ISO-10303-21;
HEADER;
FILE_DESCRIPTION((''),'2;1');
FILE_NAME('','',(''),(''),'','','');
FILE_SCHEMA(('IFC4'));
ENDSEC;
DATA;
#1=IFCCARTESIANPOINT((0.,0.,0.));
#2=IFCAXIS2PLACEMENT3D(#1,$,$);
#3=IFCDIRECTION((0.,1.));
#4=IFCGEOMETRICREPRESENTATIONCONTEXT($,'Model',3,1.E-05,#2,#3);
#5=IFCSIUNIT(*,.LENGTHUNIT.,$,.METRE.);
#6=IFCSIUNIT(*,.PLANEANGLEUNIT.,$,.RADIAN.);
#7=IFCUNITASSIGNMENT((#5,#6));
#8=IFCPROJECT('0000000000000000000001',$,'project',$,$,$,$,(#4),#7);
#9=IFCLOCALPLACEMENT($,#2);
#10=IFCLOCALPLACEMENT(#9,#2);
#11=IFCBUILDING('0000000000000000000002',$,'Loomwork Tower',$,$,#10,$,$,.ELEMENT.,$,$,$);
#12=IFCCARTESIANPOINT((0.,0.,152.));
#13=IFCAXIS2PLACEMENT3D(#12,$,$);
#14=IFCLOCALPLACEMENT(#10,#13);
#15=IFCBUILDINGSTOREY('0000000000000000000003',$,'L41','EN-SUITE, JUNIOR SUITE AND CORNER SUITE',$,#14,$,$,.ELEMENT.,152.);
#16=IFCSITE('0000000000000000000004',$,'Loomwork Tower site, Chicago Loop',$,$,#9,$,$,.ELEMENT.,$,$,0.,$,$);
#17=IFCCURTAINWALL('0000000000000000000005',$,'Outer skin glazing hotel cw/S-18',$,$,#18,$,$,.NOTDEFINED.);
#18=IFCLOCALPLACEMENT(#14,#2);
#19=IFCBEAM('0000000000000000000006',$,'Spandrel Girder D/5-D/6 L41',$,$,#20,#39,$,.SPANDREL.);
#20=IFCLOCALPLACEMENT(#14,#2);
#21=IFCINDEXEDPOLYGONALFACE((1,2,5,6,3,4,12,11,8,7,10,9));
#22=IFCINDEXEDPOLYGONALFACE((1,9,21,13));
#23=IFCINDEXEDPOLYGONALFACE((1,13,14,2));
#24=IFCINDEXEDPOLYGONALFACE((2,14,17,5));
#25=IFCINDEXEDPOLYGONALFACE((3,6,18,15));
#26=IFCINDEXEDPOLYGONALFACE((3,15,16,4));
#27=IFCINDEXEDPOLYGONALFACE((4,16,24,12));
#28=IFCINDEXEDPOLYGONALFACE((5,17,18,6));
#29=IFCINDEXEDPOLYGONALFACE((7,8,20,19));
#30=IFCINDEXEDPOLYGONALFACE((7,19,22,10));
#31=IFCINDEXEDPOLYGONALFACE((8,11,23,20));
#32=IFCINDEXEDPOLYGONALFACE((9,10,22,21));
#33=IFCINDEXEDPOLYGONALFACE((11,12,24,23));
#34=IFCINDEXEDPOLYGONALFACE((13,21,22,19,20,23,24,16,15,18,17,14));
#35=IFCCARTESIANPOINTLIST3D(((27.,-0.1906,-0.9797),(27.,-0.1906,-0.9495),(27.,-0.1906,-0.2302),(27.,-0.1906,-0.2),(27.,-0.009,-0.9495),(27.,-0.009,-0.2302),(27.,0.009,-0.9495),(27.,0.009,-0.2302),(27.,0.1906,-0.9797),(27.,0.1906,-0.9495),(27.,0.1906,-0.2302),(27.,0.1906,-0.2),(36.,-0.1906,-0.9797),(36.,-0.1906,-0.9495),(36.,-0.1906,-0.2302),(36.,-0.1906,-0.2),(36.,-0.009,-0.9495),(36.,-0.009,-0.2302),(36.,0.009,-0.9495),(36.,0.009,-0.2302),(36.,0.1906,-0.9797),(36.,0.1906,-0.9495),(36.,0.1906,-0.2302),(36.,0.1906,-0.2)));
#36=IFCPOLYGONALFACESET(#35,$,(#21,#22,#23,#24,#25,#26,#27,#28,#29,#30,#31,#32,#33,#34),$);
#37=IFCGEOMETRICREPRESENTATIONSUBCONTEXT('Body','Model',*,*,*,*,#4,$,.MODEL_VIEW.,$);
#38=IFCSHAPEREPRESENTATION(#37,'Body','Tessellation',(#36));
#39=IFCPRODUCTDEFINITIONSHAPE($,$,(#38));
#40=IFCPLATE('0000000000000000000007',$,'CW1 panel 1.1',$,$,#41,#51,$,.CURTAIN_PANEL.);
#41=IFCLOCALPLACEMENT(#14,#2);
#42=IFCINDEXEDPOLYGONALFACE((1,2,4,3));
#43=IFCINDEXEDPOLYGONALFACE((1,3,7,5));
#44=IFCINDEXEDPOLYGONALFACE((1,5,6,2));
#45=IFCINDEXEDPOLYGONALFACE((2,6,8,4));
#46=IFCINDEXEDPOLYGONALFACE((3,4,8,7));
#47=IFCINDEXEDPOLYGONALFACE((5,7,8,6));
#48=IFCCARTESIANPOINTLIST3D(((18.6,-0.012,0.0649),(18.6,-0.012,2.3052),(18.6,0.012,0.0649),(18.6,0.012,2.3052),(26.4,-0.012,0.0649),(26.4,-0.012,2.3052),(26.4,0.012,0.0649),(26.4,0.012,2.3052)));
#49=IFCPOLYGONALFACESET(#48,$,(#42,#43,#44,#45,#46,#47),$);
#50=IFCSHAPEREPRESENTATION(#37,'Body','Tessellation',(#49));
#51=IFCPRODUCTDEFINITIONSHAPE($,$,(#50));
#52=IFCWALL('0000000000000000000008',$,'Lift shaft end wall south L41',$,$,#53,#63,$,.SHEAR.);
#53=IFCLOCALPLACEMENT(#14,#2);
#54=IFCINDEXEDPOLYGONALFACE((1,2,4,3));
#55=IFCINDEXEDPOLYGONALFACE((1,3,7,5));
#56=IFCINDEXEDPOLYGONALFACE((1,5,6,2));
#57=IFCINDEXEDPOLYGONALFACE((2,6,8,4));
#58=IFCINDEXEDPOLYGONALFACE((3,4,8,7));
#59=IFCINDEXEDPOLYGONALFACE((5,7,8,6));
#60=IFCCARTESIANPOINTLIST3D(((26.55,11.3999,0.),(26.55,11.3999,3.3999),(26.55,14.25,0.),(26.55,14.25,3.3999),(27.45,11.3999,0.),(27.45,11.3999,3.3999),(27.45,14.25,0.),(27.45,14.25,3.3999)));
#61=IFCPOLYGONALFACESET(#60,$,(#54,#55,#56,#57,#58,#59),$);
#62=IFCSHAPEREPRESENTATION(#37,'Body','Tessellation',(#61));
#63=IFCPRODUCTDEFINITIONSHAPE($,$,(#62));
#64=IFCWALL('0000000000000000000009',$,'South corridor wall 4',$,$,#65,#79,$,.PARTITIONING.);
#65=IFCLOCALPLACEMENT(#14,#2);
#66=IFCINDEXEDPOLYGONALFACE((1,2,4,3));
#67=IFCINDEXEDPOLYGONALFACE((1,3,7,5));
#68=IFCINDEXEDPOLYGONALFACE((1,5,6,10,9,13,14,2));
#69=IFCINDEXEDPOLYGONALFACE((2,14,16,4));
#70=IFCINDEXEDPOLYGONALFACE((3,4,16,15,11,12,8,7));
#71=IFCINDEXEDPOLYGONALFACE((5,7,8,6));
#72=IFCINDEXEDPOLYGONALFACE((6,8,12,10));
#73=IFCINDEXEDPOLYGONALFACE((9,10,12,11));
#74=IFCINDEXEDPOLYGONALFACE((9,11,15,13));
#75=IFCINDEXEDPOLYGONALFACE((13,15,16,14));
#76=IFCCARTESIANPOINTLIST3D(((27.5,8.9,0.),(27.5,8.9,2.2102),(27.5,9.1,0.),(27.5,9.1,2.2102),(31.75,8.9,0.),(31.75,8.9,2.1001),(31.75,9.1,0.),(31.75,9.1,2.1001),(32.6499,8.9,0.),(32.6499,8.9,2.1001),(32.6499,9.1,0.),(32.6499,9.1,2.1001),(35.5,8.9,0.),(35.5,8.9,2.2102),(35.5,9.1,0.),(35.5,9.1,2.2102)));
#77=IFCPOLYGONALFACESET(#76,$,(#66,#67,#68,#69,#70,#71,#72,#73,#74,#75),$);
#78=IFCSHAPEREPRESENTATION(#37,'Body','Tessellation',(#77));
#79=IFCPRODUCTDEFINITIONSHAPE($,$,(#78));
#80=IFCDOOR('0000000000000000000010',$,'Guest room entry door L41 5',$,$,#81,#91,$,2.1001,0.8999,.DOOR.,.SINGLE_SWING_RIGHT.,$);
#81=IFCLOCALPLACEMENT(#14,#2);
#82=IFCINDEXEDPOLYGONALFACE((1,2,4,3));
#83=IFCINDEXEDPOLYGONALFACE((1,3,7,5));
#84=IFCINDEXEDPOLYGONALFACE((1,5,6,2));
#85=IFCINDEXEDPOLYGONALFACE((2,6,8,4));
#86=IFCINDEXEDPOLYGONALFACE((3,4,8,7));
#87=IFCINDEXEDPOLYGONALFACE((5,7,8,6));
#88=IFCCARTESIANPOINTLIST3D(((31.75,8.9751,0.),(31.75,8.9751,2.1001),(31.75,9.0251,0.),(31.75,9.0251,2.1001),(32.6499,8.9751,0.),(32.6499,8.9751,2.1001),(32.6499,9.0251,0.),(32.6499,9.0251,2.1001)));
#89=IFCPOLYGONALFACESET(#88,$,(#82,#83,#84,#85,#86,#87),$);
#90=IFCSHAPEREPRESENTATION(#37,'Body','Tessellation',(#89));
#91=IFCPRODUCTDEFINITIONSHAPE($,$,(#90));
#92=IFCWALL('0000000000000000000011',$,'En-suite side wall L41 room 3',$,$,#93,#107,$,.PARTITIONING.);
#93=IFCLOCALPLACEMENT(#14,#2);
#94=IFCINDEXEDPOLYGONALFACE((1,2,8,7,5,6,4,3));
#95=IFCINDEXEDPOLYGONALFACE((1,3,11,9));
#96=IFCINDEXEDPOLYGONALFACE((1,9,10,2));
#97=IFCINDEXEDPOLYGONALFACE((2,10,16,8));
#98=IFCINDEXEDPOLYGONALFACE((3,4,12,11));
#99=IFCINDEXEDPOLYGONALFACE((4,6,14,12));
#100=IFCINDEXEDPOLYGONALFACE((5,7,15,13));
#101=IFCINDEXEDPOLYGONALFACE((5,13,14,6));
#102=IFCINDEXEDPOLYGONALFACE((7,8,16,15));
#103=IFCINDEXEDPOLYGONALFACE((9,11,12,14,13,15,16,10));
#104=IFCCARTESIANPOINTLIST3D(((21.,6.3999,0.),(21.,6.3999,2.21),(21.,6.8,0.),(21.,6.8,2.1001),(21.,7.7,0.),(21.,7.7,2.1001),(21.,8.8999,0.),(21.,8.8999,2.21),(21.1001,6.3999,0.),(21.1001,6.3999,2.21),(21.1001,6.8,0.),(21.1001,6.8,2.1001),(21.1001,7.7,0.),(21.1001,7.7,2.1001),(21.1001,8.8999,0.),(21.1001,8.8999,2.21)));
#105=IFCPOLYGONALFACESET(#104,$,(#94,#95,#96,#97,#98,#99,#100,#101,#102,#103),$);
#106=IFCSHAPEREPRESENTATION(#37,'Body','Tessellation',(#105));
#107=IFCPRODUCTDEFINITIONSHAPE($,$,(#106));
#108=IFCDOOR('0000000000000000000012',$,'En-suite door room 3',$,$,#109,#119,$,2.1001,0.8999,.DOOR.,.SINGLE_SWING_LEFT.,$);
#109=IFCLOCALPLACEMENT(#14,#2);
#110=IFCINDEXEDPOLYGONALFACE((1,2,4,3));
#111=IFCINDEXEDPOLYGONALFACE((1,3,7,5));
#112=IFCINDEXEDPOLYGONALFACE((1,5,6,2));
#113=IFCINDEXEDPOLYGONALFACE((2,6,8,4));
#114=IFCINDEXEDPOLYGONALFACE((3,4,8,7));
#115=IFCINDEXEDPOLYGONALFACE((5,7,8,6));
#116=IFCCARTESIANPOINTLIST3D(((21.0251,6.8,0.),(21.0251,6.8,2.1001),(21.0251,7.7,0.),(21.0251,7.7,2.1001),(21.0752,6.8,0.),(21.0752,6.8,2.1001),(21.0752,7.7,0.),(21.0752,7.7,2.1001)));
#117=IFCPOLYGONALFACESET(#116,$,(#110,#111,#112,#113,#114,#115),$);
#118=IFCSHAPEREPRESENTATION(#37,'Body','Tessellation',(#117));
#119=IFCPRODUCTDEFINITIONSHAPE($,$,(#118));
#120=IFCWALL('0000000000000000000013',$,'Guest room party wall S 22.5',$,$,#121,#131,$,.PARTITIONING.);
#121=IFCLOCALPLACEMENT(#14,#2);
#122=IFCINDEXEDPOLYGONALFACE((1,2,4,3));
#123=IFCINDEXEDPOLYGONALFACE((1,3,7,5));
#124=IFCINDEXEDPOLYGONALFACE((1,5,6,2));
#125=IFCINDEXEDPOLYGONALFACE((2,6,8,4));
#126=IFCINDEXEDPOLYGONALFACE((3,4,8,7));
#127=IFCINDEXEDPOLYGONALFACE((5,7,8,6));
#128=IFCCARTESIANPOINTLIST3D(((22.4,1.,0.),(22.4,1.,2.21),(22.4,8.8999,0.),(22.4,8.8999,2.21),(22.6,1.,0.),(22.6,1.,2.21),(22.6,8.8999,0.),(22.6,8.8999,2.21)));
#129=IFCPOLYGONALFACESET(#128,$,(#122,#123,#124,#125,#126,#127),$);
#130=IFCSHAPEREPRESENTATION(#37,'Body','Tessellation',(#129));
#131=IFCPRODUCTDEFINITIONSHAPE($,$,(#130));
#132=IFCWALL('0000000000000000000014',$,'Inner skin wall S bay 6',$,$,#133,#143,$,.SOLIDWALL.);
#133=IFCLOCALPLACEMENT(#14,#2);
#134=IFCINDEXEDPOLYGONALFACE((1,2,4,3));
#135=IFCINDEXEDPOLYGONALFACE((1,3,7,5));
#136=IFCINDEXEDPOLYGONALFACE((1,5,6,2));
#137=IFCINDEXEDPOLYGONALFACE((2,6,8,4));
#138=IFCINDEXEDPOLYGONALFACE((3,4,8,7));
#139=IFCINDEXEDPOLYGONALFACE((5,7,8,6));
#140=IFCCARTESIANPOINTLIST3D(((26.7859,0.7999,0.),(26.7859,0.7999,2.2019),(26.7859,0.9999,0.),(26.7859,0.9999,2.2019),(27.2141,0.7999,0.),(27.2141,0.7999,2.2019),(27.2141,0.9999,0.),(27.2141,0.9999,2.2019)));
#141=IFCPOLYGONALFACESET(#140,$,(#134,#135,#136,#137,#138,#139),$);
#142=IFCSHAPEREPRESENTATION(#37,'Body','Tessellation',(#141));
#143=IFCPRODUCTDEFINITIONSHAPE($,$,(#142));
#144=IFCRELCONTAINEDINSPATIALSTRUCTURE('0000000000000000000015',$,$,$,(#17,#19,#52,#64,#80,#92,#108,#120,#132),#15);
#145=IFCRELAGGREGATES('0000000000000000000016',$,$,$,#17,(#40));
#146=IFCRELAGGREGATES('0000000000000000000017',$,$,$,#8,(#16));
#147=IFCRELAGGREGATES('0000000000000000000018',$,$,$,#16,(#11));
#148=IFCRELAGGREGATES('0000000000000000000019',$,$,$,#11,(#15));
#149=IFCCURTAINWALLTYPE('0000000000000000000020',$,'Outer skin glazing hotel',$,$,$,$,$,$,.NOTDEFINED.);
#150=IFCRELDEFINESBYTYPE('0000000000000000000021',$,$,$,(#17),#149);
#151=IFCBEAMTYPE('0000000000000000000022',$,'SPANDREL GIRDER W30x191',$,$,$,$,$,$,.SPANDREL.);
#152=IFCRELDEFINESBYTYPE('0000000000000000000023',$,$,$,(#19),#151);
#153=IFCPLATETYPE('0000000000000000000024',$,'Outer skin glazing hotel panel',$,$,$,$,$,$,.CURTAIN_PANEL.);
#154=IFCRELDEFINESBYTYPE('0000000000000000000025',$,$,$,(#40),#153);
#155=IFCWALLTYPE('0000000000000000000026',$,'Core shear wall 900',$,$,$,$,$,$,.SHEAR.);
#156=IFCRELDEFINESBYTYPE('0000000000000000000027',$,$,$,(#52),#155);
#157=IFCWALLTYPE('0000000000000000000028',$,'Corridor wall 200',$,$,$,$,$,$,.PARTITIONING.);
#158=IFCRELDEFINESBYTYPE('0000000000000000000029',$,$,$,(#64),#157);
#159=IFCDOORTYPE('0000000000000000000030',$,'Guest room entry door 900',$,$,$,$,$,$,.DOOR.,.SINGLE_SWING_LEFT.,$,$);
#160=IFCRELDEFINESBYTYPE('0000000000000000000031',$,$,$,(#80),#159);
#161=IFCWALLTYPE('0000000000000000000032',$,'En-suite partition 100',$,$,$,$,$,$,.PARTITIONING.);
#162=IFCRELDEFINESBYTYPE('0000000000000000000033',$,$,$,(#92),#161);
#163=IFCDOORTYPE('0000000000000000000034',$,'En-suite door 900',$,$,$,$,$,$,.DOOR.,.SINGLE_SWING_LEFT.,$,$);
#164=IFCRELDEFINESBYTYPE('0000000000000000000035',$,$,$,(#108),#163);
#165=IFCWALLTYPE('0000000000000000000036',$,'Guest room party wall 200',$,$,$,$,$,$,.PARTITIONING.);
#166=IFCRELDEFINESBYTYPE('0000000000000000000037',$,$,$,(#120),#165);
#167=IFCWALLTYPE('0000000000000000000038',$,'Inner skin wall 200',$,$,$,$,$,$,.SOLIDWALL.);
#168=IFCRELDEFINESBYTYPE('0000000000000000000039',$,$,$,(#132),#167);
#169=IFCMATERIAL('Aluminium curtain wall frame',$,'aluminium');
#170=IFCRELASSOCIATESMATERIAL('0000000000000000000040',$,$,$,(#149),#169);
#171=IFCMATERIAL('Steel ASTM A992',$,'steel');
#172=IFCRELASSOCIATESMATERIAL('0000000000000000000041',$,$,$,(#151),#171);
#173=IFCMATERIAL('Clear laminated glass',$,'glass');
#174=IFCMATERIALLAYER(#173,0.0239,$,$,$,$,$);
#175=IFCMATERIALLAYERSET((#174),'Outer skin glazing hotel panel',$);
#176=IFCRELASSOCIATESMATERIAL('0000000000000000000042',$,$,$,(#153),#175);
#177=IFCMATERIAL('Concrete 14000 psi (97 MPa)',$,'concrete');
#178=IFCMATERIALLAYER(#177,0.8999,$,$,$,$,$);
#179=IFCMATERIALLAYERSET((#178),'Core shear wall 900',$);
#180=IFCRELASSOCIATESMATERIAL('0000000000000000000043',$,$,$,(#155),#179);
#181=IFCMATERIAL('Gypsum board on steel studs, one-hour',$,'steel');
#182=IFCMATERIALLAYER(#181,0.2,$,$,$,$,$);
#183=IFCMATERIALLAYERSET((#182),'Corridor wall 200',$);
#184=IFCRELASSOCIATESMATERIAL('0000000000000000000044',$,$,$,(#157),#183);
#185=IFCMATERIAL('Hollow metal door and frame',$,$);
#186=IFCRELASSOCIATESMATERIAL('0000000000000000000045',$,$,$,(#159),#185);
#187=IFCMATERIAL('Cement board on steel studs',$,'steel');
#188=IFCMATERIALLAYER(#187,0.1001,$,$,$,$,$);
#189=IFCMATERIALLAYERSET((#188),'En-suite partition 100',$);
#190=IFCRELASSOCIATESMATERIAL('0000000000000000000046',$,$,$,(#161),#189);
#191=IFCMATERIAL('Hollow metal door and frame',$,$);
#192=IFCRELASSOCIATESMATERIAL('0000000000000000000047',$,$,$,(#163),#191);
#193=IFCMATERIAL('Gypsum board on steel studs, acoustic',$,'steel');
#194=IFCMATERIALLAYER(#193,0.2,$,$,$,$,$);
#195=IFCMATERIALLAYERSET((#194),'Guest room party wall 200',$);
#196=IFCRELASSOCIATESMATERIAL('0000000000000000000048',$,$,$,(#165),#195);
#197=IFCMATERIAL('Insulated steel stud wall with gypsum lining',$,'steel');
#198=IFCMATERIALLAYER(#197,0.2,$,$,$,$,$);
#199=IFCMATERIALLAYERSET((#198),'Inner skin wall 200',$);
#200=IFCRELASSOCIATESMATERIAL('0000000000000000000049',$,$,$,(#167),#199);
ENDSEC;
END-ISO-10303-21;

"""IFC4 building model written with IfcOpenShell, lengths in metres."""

from ifc_helpers import new_model, si_unit, direction, frame, frame_2d, origin, origin_2d, place, context, subcontext, project, spatial, rectangle, i_section, extrude, material, layer, layer_set, material_profile, profile_set, type_object, element, fill, aggregate, save


model = new_model("IFC4")

# Units and contexts
model_context = context("Model", 3, precision=1e-05, world=origin(), true_north=direction((0.0, 1.0)))
body_context = subcontext(model_context, "Body", "Model", "MODEL_VIEW")
ifc_project = project(units=[si_unit("LENGTHUNIT", "METRE"), si_unit("PLANEANGLEUNIT", "RADIAN")], contexts=[model_context])

# Site, building, storey
site_placement = place(None, origin())
site = spatial("IfcSite", under=ifc_project, at=site_placement, Name="Loomwork Tower site, Chicago Loop", CompositionType="ELEMENT", RefElevation=0.0)
building_placement = place(site_placement, origin())
building = spatial("IfcBuilding", under=site, at=building_placement, Name="Loomwork Tower", CompositionType="ELEMENT")
storey_placement = place(building_placement, frame((0.0, 0.0, 152.0)))
storey = spatial("IfcBuildingStorey", under=building, at=storey_placement, Name="L41", Description="EN-SUITE, JUNIOR SUITE AND CORNER SUITE", CompositionType="ELEMENT", Elevation=152.0)

# Curtain wall
ifc_material_1 = material(Name="Aluminium curtain wall frame", Category="aluminium")
curtain_wall_type = type_object("IfcCurtainWallType", Name="Outer skin glazing hotel", PredefinedType="NOTDEFINED", material=ifc_material_1)
curtain_wall_1_placement = place(storey_placement, origin())
curtain_wall_1 = element("IfcCurtainWall", 1, at=curtain_wall_1_placement, inside=storey, type_object=curtain_wall_type, Name="Outer skin glazing hotel cw/S-18", PredefinedType="NOTDEFINED")

# Beam
ifc_material_2 = material(Name="Steel ASTM A992", Category="steel")
ifc_material_profile_1 = material_profile(ifc_material_2, i_section(OverallWidth=0.3811, OverallDepth=0.7798, WebThickness=0.0181, FlangeThickness=0.0303, at=origin_2d()), Name="W30x191")
ifc_profile_set_1 = profile_set([ifc_material_profile_1], Name="Steel ASTM A992")
beam_type_1 = type_object("IfcBeamType", Name="SPANDREL GIRDER W30x191", PredefinedType="SPANDREL", material=ifc_profile_set_1)
beam_1_placement = place(storey_placement, frame((27.0, 0.0, -0.5898), z_axis=(1.0, 0.0, 0.0), x_axis=(0.0, 1.0, 0.0)))
element("IfcBeam", 2, at=beam_1_placement, inside=storey, type_object=beam_type_1, Name="Spandrel Girder D/5-D/6 L41", PredefinedType="SPANDREL", context=body_context, shape_type="SweptSolid", body=[
    extrude(i_section(OverallWidth=0.3811, OverallDepth=0.7798, WebThickness=0.0181, FlangeThickness=0.0303, at=origin_2d()), origin(), (0.0, 0.0, 1.0), 9.0),
])

# Plate
ifc_material_3 = material(Name="Clear laminated glass", Category="glass")
ifc_layer_1 = layer(ifc_material_3, 0.0239)
ifc_layer_set_1 = layer_set([ifc_layer_1], Name="Outer skin glazing hotel panel")
plate_type = type_object("IfcPlateType", Name="Outer skin glazing hotel panel", PredefinedType="CURTAIN_PANEL", material=ifc_layer_set_1)
plate_placement = place(storey_placement, frame((22.5, 0.0, 0.0649), z_axis=(0.0, 0.0, 1.0), x_axis=(1.0, 0.0, 0.0)))
plate = element("IfcPlate", 3, at=plate_placement, type_object=plate_type, Name="CW1 panel 1.1", PredefinedType="CURTAIN_PANEL", context=body_context, shape_type="SweptSolid", body=[
    extrude(rectangle(XDim=7.8, YDim=0.0239, at=origin_2d()), origin(), (0.0, 0.0, 1.0), 2.2402),
])
aggregate(curtain_wall_1, [plate])

# Wall
ifc_material_4 = material(Name="Concrete 14000 psi (97 MPa)", Category="concrete")
ifc_layer_2 = layer(ifc_material_4, 0.8999)
ifc_layer_set_2 = layer_set([ifc_layer_2], Name="Core shear wall 900")
wall_type_1 = type_object("IfcWallType", Name="Core shear wall 900", PredefinedType="SHEAR", material=ifc_layer_set_2)
wall_1_placement = place(storey_placement, frame((27.0, 11.3999, 0.0), z_axis=(0.0, 0.0, 1.0), x_axis=(0.0, 1.0, 0.0)))
element("IfcWall", 4, at=wall_1_placement, inside=storey, type_object=wall_type_1, Name="Lift shaft end wall south L41", PredefinedType="SHEAR", context=body_context, shape_type="SweptSolid", body=[
    extrude(rectangle(XDim=2.8501, YDim=0.8999, at=frame_2d((1.425, 0.0))), origin(), (0.0, 0.0, 1.0), 3.3999),
])

# Walls, openings, doors
ifc_material_5 = material(Name="Gypsum board on steel studs, one-hour", Category="steel")
ifc_layer_3 = layer(ifc_material_5, 0.2)
ifc_layer_set_3 = layer_set([ifc_layer_3], Name="Corridor wall 200")
wall_type_2 = type_object("IfcWallType", Name="Corridor wall 200", PredefinedType="PARTITIONING", material=ifc_layer_set_3)
wall_2_placement = place(storey_placement, frame((27.5, 9.0, 0.0), z_axis=(0.0, 0.0, 1.0), x_axis=(1.0, 0.0, 0.0)))
wall_2 = element("IfcWall", 5, at=wall_2_placement, inside=storey, type_object=wall_type_2, Name="South corridor wall 4", PredefinedType="PARTITIONING", context=body_context, shape_type="SweptSolid", body=[
    extrude(rectangle(XDim=8.0, YDim=0.2, at=frame_2d((4.0, 0.0))), origin(), (0.0, 0.0, 1.0), 2.2102),
])
opening_1_placement = place(wall_2_placement, frame((4.25, 0.0, 0.0)))
opening_1 = element("IfcOpeningElement", 6, at=opening_1_placement, cuts=wall_2, PredefinedType="OPENING", context=body_context, shape_type="SweptSolid", body=[
    extrude(rectangle(XDim=0.8999, YDim=2.1001, at=frame_2d((0.45, 1.05))), frame((0.0, 0.1099, 0.0), z_axis=(0.0, -1.0, 0.0), x_axis=(1.0, 0.0, 0.0)), (0.0, 0.0, 1.0), 0.22),
])
ifc_material_6 = material(Name="Hollow metal door and frame")
door_type_1 = type_object("IfcDoorType", Name="Guest room entry door 900", OperationType="SINGLE_SWING_LEFT", PredefinedType="DOOR", material=ifc_material_6)
door_1_placement = place(opening_1_placement, frame((0.8999, 0.0, 0.0), z_axis=(0.0, 0.0, 1.0), x_axis=(-1.0, 0.0, 0.0)))
door_1 = element("IfcDoor", 7, at=door_1_placement, inside=storey, type_object=door_type_1, Name="Guest room entry door L41 5", OperationType="SINGLE_SWING_RIGHT", OverallHeight=2.1001, OverallWidth=0.8999, PredefinedType="DOOR", context=body_context, shape_type="SweptSolid", body=[
    extrude(rectangle(XDim=0.8999, YDim=2.1001, at=frame_2d((0.45, 1.05))), frame((0.0, 0.0249, 0.0), z_axis=(0.0, -1.0, 0.0), x_axis=(1.0, 0.0, 0.0)), (0.0, 0.0, 1.0), 0.05),
])
fill(opening_1, door_1)
ifc_material_7 = material(Name="Cement board on steel studs", Category="steel")
ifc_layer_4 = layer(ifc_material_7, 0.1001)
ifc_layer_set_4 = layer_set([ifc_layer_4], Name="En-suite partition 100")
wall_type_3 = type_object("IfcWallType", Name="En-suite partition 100", PredefinedType="PARTITIONING", material=ifc_layer_set_4)
wall_3_placement = place(storey_placement, frame((21.05, 8.8999, 0.0), z_axis=(0.0, 0.0, 1.0), x_axis=(0.0, -1.0, 0.0)))
wall_3 = element("IfcWall", 8, at=wall_3_placement, inside=storey, type_object=wall_type_3, Name="En-suite side wall L41 room 3", PredefinedType="PARTITIONING", context=body_context, shape_type="SweptSolid", body=[
    extrude(rectangle(XDim=2.5, YDim=0.1001, at=frame_2d((1.25, 0.0))), origin(), (0.0, 0.0, 1.0), 2.21),
])
opening_2_placement = place(wall_3_placement, frame((1.2, 0.0, 0.0)))
opening_2 = element("IfcOpeningElement", 9, at=opening_2_placement, cuts=wall_3, PredefinedType="OPENING", context=body_context, shape_type="SweptSolid", body=[
    extrude(rectangle(XDim=0.8999, YDim=2.1001, at=frame_2d((0.45, 1.05))), frame((0.0, 0.0601, 0.0), z_axis=(0.0, -1.0, 0.0), x_axis=(1.0, 0.0, 0.0)), (0.0, 0.0, 1.0), 0.1201),
])
ifc_material_8 = material(Name="Hollow metal door and frame")
door_type_2 = type_object("IfcDoorType", Name="En-suite door 900", OperationType="SINGLE_SWING_LEFT", PredefinedType="DOOR", material=ifc_material_8)
door_2_placement = place(opening_2_placement, frame((0.8999, 0.0, 0.0), z_axis=(0.0, 0.0, 1.0), x_axis=(-1.0, 0.0, 0.0)))
door_2 = element("IfcDoor", 10, at=door_2_placement, inside=storey, type_object=door_type_2, Name="En-suite door room 3", OperationType="SINGLE_SWING_LEFT", OverallHeight=2.1001, OverallWidth=0.8999, PredefinedType="DOOR", context=body_context, shape_type="SweptSolid", body=[
    extrude(rectangle(XDim=0.8999, YDim=2.1001, at=frame_2d((0.45, 1.05))), frame((0.0, 0.0249, 0.0), z_axis=(0.0, -1.0, 0.0), x_axis=(1.0, 0.0, 0.0)), (0.0, 0.0, 1.0), 0.05),
])
fill(opening_2, door_2)

# Walls
ifc_material_9 = material(Name="Gypsum board on steel studs, acoustic", Category="steel")
ifc_layer_5 = layer(ifc_material_9, 0.2)
ifc_layer_set_5 = layer_set([ifc_layer_5], Name="Guest room party wall 200")
wall_type_4 = type_object("IfcWallType", Name="Guest room party wall 200", PredefinedType="PARTITIONING", material=ifc_layer_set_5)
wall_4_placement = place(storey_placement, frame((22.5, 8.8999, 0.0), z_axis=(0.0, 0.0, 1.0), x_axis=(0.0, -1.0, 0.0)))
element("IfcWall", 11, at=wall_4_placement, inside=storey, type_object=wall_type_4, Name="Guest room party wall S 22.5", PredefinedType="PARTITIONING", context=body_context, shape_type="SweptSolid", body=[
    extrude(rectangle(XDim=7.8999, YDim=0.2, at=frame_2d((3.95, 0.0))), origin(), (0.0, 0.0, 1.0), 2.21),
])
ifc_material_10 = material(Name="Insulated steel stud wall with gypsum lining", Category="steel")
ifc_layer_6 = layer(ifc_material_10, 0.2)
ifc_layer_set_6 = layer_set([ifc_layer_6], Name="Inner skin wall 200")
wall_type_5 = type_object("IfcWallType", Name="Inner skin wall 200", PredefinedType="SOLIDWALL", material=ifc_layer_set_6)
wall_5_placement = place(storey_placement, frame((26.7859, 0.8999, 0.0), z_axis=(0.0, 0.0, 1.0), x_axis=(1.0, 0.0, 0.0)))
element("IfcWall", 12, at=wall_5_placement, inside=storey, type_object=wall_type_5, Name="Inner skin wall S bay 6", PredefinedType="SOLIDWALL", context=body_context, shape_type="SweptSolid", body=[
    extrude(rectangle(XDim=0.4282, YDim=0.2, at=frame_2d((0.2141, 0.0))), origin(), (0.0, 0.0, 1.0), 2.2019),
])

save(model, "model.ifc")
